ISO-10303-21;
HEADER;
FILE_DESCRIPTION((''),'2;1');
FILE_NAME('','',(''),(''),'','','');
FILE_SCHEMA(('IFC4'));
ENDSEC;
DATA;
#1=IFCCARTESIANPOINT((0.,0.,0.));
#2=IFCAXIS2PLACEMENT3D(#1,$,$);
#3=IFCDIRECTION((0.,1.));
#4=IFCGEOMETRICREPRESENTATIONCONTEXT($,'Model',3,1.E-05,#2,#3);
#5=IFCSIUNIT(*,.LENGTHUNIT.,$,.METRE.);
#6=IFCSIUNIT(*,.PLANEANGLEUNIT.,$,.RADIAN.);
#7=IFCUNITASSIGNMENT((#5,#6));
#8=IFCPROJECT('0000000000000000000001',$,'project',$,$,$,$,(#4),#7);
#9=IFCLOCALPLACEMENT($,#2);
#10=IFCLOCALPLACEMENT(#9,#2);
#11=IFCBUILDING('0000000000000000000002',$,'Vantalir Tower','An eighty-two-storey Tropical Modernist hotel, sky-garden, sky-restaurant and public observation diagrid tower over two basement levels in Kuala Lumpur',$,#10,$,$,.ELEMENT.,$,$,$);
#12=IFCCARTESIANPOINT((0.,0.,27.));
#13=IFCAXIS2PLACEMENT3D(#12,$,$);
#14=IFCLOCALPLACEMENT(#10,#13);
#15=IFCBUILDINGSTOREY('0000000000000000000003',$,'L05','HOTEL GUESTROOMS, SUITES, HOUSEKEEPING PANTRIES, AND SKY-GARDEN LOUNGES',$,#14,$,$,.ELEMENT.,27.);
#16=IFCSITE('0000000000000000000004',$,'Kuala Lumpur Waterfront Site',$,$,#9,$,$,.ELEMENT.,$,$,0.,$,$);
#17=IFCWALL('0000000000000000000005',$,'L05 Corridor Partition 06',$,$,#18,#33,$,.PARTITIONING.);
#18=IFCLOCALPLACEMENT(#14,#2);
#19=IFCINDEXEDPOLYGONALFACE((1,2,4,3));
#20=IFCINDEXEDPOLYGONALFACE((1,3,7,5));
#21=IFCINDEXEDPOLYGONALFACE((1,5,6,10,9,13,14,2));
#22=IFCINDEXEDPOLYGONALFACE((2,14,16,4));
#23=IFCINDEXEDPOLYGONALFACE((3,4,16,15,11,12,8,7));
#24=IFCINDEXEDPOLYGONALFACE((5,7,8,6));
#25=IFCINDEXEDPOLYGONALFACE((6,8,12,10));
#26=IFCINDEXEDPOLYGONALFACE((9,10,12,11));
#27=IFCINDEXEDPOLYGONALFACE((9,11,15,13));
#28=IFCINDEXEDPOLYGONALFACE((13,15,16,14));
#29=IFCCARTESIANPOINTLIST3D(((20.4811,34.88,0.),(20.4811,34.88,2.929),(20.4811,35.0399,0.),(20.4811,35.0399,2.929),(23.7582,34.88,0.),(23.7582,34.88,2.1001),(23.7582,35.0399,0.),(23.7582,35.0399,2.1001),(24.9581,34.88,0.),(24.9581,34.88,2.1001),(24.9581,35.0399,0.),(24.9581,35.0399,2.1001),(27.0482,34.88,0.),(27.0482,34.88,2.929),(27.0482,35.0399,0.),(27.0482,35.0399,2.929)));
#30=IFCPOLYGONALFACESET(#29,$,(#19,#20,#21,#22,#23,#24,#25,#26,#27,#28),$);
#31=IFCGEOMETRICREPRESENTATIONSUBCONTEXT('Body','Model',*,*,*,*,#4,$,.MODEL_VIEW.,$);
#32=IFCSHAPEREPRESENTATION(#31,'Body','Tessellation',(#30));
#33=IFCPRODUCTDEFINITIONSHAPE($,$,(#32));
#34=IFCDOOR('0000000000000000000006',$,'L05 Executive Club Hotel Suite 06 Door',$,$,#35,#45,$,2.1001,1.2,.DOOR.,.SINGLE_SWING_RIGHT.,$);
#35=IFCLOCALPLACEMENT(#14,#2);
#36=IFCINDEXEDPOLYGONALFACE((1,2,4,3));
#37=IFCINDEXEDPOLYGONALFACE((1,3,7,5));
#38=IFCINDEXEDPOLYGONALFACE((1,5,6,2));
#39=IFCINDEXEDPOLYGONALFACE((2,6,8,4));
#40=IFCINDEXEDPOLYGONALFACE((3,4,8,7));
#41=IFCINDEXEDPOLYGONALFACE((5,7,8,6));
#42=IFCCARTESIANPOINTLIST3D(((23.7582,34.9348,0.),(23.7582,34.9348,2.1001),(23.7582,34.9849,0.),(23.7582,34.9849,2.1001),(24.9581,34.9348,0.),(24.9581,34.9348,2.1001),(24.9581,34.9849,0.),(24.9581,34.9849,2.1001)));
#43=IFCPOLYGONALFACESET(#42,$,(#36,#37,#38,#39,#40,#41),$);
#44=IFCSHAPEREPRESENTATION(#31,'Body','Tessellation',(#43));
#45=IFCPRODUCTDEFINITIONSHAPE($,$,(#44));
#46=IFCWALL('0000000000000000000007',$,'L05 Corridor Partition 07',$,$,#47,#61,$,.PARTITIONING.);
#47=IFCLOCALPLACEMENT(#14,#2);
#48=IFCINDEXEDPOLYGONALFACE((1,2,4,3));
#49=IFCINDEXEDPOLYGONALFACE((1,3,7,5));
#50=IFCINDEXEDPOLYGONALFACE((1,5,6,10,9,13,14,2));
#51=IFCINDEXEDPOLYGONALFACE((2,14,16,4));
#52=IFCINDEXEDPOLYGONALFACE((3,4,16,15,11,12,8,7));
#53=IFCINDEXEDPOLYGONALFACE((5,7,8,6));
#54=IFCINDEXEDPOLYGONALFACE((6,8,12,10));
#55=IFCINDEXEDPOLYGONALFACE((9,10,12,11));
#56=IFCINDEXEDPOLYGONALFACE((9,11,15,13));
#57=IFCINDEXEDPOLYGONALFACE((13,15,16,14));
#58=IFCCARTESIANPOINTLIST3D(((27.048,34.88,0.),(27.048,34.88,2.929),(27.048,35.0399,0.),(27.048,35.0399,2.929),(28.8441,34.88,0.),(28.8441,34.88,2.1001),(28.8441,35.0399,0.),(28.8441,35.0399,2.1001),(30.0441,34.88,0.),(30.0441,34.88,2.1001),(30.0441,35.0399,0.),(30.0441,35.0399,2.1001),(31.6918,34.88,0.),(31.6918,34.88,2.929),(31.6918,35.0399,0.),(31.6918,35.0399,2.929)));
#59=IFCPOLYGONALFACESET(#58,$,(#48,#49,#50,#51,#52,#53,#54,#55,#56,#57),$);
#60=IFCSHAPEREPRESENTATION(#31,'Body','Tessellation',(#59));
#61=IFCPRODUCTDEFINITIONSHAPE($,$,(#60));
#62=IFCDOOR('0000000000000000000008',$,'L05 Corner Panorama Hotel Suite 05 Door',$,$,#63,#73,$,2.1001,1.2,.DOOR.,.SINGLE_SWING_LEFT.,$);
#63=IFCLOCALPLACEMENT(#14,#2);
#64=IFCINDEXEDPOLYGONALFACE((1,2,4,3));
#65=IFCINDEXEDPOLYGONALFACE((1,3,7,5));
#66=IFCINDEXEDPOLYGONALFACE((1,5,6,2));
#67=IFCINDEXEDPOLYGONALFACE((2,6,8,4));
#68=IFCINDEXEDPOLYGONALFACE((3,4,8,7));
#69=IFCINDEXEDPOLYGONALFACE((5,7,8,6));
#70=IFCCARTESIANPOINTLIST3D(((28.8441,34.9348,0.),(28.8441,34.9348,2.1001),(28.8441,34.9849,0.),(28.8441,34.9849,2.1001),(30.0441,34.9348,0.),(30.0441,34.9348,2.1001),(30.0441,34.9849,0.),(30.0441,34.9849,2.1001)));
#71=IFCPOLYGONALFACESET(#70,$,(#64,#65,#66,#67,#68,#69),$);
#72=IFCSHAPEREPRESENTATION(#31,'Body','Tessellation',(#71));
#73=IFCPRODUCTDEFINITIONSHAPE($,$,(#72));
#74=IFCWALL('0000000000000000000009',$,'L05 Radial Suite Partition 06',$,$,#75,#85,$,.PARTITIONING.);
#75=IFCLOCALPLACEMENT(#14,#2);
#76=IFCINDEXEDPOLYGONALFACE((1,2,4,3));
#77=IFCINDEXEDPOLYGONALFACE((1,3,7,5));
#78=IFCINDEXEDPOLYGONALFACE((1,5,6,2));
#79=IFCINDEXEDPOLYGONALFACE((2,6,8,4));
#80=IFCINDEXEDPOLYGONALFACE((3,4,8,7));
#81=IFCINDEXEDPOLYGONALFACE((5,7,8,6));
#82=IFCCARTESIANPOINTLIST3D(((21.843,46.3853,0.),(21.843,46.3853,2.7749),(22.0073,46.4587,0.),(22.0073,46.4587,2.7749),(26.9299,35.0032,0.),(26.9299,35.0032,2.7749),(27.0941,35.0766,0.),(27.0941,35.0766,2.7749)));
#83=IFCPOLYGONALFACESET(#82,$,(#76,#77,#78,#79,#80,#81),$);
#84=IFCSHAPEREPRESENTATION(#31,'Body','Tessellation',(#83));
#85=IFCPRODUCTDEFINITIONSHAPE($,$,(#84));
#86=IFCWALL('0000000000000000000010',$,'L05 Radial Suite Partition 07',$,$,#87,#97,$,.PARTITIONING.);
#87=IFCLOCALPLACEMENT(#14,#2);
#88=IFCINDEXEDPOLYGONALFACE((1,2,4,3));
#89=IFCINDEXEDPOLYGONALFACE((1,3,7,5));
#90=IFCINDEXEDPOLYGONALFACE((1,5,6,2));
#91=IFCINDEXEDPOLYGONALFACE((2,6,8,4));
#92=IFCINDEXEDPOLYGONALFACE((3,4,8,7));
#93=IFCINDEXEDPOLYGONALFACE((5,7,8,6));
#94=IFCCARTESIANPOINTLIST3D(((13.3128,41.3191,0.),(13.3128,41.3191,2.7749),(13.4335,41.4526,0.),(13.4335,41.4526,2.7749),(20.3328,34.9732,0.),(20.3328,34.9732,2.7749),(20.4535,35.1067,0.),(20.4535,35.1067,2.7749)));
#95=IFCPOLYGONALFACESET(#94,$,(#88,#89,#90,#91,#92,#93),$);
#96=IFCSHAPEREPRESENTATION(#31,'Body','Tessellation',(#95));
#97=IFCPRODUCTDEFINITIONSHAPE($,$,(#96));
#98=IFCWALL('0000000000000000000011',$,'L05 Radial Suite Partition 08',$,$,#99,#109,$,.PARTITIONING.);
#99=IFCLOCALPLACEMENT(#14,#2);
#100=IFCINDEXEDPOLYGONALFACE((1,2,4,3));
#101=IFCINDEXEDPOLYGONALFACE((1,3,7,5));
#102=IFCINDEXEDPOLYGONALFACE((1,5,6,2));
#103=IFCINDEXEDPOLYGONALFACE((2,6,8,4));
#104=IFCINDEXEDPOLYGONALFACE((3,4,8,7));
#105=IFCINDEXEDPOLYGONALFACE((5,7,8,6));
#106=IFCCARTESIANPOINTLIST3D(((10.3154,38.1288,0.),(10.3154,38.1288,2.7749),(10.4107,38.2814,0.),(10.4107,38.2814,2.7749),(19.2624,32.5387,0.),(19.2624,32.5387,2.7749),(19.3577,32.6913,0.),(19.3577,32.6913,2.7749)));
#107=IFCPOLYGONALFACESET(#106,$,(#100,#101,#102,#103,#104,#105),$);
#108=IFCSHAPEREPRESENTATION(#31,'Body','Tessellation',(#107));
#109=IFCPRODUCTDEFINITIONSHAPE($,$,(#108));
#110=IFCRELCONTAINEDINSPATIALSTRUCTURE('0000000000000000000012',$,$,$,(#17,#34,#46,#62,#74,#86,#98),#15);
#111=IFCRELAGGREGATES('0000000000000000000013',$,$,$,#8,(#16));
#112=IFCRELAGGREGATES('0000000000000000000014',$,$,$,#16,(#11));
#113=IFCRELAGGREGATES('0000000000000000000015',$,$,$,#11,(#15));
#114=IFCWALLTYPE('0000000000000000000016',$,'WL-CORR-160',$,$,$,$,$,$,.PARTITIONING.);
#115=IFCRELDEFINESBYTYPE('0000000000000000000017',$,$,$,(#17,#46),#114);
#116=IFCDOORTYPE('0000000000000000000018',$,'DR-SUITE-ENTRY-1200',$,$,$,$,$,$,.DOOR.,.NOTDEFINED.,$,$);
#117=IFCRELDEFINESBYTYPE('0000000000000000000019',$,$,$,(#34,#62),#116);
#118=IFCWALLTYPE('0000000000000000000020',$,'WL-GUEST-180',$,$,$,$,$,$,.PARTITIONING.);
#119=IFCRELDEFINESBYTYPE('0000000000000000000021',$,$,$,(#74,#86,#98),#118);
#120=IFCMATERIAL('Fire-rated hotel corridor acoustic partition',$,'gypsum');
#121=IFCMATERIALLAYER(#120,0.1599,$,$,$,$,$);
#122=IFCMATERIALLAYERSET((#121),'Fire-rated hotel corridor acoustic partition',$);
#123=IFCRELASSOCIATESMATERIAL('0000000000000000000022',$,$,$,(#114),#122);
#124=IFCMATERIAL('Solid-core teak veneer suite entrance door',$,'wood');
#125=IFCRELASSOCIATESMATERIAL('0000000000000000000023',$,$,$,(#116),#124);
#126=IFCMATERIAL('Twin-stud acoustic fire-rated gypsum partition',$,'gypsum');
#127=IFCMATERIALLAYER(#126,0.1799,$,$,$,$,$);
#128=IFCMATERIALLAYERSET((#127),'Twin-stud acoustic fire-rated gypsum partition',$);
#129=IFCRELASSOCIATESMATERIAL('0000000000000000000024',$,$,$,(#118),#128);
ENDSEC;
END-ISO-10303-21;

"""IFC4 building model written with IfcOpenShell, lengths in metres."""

from ifc_helpers import new_model, si_unit, direction, frame, frame_2d, origin, place, context, subcontext, project, spatial, rectangle, extrude, material, layer, layer_set, type_object, element, fill, save


model = new_model("IFC4")

# Units and contexts
model_context = context("Model", 3, precision=1e-05, world=origin(), true_north=direction((0.0, 1.0)))
body_context = subcontext(model_context, "Body", "Model", "MODEL_VIEW")
ifc_project = project(units=[si_unit("LENGTHUNIT", "METRE"), si_unit("PLANEANGLEUNIT", "RADIAN")], contexts=[model_context])

# Site, building, storey
site_placement = place(None, origin())
site = spatial("IfcSite", under=ifc_project, at=site_placement, Name="Kuala Lumpur Waterfront Site", CompositionType="ELEMENT", RefElevation=0.0)
building_placement = place(site_placement, origin())
building = spatial("IfcBuilding", under=site, at=building_placement, Name="Vantalir Tower", Description="An eighty-two-storey Tropical Modernist hotel, sky-garden, sky-restaurant and public observation diagrid tower over two basement levels in Kuala Lumpur", CompositionType="ELEMENT")
storey_placement = place(building_placement, frame((0.0, 0.0, 27.0)))
storey = spatial("IfcBuildingStorey", under=building, at=storey_placement, Name="L05", Description="HOTEL GUESTROOMS, SUITES, HOUSEKEEPING PANTRIES, AND SKY-GARDEN LOUNGES", CompositionType="ELEMENT", Elevation=27.0)

# Shared definitions
ifc_material_1 = material(Name="Fire-rated hotel corridor acoustic partition", Category="gypsum")
ifc_layer_1 = layer(ifc_material_1, 0.1599)
ifc_layer_set_1 = layer_set([ifc_layer_1], Name="Fire-rated hotel corridor acoustic partition")
wall_type_1 = type_object("IfcWallType", Name="WL-CORR-160", PredefinedType="PARTITIONING", material=ifc_layer_set_1)

# Walls, openings, doors
wall_1_placement = place(storey_placement, frame((20.481, 34.96, 0.0), z_axis=(0.0, 0.0, 1.0), x_axis=(1.0, 0.0, 0.0)))
wall_1 = element("IfcWall", 1, at=wall_1_placement, inside=storey, type_object=wall_type_1, Name="L05 Corridor Partition 06", PredefinedType="PARTITIONING", context=body_context, shape_type="SweptSolid", body=[
    extrude(rectangle(XDim=6.5671, YDim=0.1599, at=frame_2d((3.2837, 0.0))), origin(), (0.0, 0.0, 1.0), 2.929),
])
opening_1_placement = place(wall_1_placement, frame((3.2771, 0.0, 0.0)))
opening_1 = element("IfcOpeningElement", 2, at=opening_1_placement, cuts=wall_1, PredefinedType="OPENING", context=body_context, shape_type="SweptSolid", body=[
    extrude(rectangle(XDim=1.2, YDim=2.1001, at=frame_2d((0.6001, 1.05))), frame((0.0, 0.0898, 0.0), z_axis=(0.0, -1.0, 0.0), x_axis=(1.0, 0.0, 0.0)), (0.0, 0.0, 1.0), 0.1799),
])
ifc_material_2 = material(Name="Solid-core teak veneer suite entrance door", Category="wood")
door_type_1 = type_object("IfcDoorType", Name="DR-SUITE-ENTRY-1200", OperationType="NOTDEFINED", PredefinedType="DOOR", material=ifc_material_2)
door_1_placement = place(opening_1_placement, origin())
door_1 = element("IfcDoor", 3, at=door_1_placement, inside=storey, type_object=door_type_1, Name="L05 Executive Club Hotel Suite 06 Door", OperationType="SINGLE_SWING_RIGHT", OverallHeight=2.1001, OverallWidth=1.2, PredefinedType="DOOR", context=body_context, shape_type="SweptSolid", body=[
    extrude(rectangle(XDim=1.2, YDim=2.1001, at=frame_2d((0.6001, 1.05))), frame((0.0, 0.0249, 0.0), z_axis=(0.0, -1.0, 0.0), x_axis=(1.0, 0.0, 0.0)), (0.0, 0.0, 1.0), 0.05),
])
fill(opening_1, door_1)
wall_2_placement = place(storey_placement, frame((27.0481, 34.96, 0.0), z_axis=(0.0, 0.0, 1.0), x_axis=(1.0, 0.0, 0.0)))
wall_2 = element("IfcWall", 4, at=wall_2_placement, inside=storey, type_object=wall_type_1, Name="L05 Corridor Partition 07", PredefinedType="PARTITIONING", context=body_context, shape_type="SweptSolid", body=[
    extrude(rectangle(XDim=4.6438, YDim=0.1599, at=frame_2d((2.3218, 0.0))), origin(), (0.0, 0.0, 1.0), 2.929),
])
opening_2_placement = place(wall_2_placement, frame((1.7959, 0.0, 0.0)))
opening_2 = element("IfcOpeningElement", 5, at=opening_2_placement, cuts=wall_2, PredefinedType="OPENING", context=body_context, shape_type="SweptSolid", body=[
    extrude(rectangle(XDim=1.2, YDim=2.1001, at=frame_2d((0.6001, 1.05))), frame((0.0, 0.0898, 0.0), z_axis=(0.0, -1.0, 0.0), x_axis=(1.0, 0.0, 0.0)), (0.0, 0.0, 1.0), 0.1799),
])
door_2_placement = place(opening_2_placement, origin())
door_2 = element("IfcDoor", 6, at=door_2_placement, inside=storey, type_object=door_type_1, Name="L05 Corner Panorama Hotel Suite 05 Door", OperationType="SINGLE_SWING_LEFT", OverallHeight=2.1001, OverallWidth=1.2, PredefinedType="DOOR", context=body_context, shape_type="SweptSolid", body=[
    extrude(rectangle(XDim=1.2, YDim=2.1001, at=frame_2d((0.6001, 1.05))), frame((0.0, 0.0249, 0.0), z_axis=(0.0, -1.0, 0.0), x_axis=(1.0, 0.0, 0.0)), (0.0, 0.0, 1.0), 0.05),
])
fill(opening_2, door_2)

# Walls
ifc_material_3 = material(Name="Twin-stud acoustic fire-rated gypsum partition", Category="gypsum")
ifc_layer_2 = layer(ifc_material_3, 0.1799)
ifc_layer_set_2 = layer_set([ifc_layer_2], Name="Twin-stud acoustic fire-rated gypsum partition")
wall_type_2 = type_object("IfcWallType", Name="WL-GUEST-180", PredefinedType="PARTITIONING", material=ifc_layer_set_2)
wall_3_placement = place(storey_placement, frame((27.012, 35.04, 0.0), z_axis=(0.0, 0.0, 1.0), x_axis=(-0.408027, 0.91297, 0.0)))
element("IfcWall", 7, at=wall_3_placement, inside=storey, type_object=wall_type_2, Name="L05 Radial Suite Partition 06", PredefinedType="PARTITIONING", context=body_context, shape_type="SweptSolid", body=[
    extrude(rectangle(XDim=12.467, YDim=0.1799, at=frame_2d((6.2334, 0.0))), origin(), (0.0, 0.0, 1.0), 2.7749),
])
wall_4_placement = place(storey_placement, frame((20.3931, 35.04, 0.0), z_axis=(0.0, 0.0, 1.0), x_axis=(-0.741825, 0.670594, 0.0)))
element("IfcWall", 8, at=wall_4_placement, inside=storey, type_object=wall_type_2, Name="L05 Radial Suite Partition 07", PredefinedType="PARTITIONING", context=body_context, shape_type="SweptSolid", body=[
    extrude(rectangle(XDim=9.4631, YDim=0.1799, at=frame_2d((4.7314, 0.0))), origin(), (0.0, 0.0, 1.0), 2.7749),
])
wall_5_placement = place(storey_placement, frame((19.3101, 32.615, 0.0), z_axis=(0.0, 0.0, 1.0), x_axis=(-0.848075, 0.529876, 0.0)))
element("IfcWall", 9, at=wall_5_placement, inside=storey, type_object=wall_type_2, Name="L05 Radial Suite Partition 08", PredefinedType="PARTITIONING", context=body_context, shape_type="SweptSolid", body=[
    extrude(rectangle(XDim=10.5498, YDim=0.1799, at=frame_2d((5.2749, 0.0))), origin(), (0.0, 0.0, 1.0), 2.7749),
])

save(model, "model.ifc")
